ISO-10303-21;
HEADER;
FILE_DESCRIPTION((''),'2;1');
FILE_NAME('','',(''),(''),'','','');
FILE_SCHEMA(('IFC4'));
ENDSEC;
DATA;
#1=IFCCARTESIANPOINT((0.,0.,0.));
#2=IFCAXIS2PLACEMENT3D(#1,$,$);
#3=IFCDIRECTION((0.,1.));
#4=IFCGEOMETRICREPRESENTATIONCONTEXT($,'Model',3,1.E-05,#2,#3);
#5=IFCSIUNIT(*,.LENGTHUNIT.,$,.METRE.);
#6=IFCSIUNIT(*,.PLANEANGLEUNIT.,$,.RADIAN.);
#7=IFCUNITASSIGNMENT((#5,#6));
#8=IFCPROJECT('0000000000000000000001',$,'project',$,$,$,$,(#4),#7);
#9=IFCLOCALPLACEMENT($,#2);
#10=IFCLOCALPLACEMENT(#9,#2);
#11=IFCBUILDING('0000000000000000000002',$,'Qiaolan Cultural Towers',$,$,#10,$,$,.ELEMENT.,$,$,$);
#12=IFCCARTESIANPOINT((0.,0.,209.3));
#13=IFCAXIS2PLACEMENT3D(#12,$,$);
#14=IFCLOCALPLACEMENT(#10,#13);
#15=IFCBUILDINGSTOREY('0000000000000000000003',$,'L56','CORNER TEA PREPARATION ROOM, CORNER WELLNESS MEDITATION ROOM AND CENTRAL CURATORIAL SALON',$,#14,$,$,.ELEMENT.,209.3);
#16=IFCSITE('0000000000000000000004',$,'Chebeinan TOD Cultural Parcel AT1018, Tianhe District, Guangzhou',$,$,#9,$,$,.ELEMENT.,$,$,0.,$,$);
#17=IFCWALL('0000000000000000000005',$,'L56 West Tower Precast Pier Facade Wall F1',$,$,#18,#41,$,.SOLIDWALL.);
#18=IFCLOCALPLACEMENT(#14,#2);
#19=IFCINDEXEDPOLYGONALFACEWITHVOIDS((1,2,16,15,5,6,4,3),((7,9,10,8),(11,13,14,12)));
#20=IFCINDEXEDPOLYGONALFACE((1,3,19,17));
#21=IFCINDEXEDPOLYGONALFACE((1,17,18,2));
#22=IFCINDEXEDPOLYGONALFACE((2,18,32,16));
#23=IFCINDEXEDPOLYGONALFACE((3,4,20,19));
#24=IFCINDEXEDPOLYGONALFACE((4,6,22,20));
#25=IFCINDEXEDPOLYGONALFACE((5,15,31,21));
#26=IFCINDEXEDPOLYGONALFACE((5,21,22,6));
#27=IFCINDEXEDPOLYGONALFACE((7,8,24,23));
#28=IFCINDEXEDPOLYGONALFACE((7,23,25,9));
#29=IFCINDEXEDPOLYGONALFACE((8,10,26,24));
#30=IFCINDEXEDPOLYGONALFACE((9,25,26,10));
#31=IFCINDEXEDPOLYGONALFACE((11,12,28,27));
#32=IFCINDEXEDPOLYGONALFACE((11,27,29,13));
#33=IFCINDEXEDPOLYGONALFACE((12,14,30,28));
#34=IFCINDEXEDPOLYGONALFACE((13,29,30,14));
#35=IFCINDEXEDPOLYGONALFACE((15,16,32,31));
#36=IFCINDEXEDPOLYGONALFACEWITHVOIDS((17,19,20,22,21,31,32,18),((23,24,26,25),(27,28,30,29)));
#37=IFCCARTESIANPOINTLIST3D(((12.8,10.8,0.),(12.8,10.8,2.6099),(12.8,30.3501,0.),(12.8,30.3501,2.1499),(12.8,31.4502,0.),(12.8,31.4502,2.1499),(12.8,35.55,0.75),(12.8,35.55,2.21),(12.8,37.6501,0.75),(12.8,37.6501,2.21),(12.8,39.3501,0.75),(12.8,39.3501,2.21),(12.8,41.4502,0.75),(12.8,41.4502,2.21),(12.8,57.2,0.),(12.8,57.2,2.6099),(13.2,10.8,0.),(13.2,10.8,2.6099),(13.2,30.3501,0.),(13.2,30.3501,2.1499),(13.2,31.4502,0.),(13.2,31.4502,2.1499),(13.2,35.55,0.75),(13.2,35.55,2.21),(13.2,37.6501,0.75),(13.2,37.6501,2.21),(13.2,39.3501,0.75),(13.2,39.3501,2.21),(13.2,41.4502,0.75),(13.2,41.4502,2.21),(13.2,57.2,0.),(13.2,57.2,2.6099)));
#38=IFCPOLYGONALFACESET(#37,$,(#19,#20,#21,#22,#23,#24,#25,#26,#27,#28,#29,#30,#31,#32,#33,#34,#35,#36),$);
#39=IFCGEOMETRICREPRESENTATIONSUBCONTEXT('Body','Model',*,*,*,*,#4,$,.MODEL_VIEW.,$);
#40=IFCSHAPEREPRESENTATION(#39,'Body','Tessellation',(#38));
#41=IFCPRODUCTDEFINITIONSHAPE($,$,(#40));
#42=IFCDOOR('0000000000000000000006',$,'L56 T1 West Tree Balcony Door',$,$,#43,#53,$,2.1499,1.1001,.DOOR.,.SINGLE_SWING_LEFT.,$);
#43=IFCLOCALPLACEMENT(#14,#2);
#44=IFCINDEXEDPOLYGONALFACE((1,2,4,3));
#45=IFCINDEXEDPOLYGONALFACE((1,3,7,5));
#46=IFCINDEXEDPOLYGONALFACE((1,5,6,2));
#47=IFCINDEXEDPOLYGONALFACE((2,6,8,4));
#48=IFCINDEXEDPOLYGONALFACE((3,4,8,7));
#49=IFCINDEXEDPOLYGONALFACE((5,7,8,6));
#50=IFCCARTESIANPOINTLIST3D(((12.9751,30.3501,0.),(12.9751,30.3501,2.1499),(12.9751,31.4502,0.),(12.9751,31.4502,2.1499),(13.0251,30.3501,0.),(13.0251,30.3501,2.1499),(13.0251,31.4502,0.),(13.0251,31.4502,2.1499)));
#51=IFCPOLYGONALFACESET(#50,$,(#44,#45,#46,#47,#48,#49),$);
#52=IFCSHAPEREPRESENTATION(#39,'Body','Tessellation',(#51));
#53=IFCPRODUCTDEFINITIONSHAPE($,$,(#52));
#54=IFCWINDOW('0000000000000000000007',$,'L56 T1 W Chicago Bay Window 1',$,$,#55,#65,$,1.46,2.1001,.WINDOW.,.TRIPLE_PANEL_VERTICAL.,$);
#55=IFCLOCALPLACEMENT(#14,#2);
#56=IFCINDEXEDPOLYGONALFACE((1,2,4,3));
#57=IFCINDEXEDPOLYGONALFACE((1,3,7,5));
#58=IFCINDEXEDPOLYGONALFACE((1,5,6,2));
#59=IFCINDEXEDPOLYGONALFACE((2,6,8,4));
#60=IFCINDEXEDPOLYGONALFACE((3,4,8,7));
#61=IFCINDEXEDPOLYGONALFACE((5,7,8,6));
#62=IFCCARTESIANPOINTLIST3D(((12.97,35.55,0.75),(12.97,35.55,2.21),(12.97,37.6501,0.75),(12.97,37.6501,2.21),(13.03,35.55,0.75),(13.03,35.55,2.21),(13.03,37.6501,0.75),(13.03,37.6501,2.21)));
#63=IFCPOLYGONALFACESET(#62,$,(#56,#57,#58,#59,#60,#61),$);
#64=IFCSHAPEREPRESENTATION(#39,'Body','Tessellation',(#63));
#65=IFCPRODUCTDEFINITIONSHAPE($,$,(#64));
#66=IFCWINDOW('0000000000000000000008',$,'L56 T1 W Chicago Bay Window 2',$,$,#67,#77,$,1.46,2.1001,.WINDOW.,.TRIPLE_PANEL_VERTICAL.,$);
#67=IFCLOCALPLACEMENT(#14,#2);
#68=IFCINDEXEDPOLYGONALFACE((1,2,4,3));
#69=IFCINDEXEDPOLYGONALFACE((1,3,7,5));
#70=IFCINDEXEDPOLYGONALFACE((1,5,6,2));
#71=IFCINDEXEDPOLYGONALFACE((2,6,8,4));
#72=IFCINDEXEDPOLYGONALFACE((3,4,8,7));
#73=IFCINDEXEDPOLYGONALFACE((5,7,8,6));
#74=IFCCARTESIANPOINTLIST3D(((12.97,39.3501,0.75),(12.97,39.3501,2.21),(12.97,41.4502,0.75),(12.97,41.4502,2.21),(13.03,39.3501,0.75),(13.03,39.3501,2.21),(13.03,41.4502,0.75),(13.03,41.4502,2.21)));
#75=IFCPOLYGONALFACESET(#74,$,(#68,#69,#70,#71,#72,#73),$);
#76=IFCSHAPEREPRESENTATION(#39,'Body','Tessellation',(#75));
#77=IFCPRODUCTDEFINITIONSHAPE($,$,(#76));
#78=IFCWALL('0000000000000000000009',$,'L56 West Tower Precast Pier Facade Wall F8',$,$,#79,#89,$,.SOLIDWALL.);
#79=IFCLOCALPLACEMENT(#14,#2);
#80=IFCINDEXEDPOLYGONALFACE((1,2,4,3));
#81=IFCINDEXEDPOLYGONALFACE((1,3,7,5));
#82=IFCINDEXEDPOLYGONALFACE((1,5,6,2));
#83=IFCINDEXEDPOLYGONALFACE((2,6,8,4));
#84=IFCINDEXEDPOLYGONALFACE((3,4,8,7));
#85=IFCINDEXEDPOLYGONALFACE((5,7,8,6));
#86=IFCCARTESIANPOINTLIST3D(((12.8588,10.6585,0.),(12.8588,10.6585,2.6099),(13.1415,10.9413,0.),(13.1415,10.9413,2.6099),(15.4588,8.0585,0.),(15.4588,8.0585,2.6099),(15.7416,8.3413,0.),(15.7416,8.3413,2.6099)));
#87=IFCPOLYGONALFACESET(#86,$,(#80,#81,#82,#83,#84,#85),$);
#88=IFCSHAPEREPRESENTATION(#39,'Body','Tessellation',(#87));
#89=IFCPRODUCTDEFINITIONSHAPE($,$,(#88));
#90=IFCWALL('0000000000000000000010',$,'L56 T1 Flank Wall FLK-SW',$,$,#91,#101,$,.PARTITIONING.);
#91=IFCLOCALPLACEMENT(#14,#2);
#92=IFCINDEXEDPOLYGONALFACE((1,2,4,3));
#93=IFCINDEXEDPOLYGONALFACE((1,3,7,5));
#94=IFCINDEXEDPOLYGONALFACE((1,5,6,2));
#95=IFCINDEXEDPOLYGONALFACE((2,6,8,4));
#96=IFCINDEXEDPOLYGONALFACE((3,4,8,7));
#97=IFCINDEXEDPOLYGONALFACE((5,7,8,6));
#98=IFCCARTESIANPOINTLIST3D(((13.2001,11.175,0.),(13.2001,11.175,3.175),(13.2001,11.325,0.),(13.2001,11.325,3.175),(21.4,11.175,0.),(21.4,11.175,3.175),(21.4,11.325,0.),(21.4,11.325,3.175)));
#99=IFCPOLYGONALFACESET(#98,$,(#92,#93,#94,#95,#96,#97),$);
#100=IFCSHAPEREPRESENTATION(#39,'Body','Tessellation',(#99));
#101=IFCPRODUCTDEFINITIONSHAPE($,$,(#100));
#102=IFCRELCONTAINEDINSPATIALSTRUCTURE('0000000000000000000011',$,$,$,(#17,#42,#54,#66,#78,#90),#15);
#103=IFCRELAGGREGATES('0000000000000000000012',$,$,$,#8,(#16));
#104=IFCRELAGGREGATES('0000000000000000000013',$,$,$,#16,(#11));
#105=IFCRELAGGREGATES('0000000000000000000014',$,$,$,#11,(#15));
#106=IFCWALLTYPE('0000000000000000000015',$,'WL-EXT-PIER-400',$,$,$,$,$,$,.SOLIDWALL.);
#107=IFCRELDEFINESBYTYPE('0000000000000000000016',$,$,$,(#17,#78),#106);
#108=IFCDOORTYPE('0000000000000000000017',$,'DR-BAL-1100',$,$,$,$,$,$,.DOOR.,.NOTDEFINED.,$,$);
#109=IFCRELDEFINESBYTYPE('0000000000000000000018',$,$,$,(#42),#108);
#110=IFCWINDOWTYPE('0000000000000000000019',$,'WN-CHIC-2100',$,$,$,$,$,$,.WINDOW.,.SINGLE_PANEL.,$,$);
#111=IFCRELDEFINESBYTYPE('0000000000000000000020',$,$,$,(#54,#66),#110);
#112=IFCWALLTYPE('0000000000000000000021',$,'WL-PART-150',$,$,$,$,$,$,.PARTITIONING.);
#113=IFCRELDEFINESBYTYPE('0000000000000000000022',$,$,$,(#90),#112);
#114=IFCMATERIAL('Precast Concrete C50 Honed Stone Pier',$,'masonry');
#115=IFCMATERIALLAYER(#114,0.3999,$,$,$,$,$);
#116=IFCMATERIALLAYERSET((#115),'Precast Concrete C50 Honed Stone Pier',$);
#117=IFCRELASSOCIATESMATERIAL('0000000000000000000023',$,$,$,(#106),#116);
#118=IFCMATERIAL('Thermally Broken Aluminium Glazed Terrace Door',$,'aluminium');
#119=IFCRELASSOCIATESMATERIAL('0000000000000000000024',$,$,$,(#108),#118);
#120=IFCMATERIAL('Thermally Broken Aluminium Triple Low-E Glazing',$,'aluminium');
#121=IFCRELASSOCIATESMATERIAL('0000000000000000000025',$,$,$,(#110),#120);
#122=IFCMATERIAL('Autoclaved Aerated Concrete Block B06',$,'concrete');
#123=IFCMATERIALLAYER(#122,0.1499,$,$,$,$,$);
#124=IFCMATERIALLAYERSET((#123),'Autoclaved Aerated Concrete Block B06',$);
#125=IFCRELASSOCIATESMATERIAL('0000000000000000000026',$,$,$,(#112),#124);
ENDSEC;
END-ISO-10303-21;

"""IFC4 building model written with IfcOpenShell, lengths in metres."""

from ifc_helpers import new_model, si_unit, direction, frame, frame_2d, origin, place, context, subcontext, project, spatial, rectangle, extrude, material, layer, layer_set, type_object, element, fill, save


model = new_model("IFC4")

# Units and contexts
model_context = context("Model", 3, precision=1e-05, world=origin(), true_north=direction((0.0, 1.0)))
body_context = subcontext(model_context, "Body", "Model", "MODEL_VIEW")
ifc_project = project(units=[si_unit("LENGTHUNIT", "METRE"), si_unit("PLANEANGLEUNIT", "RADIAN")], contexts=[model_context])

# Site, building, storey
site_placement = place(None, origin())
site = spatial("IfcSite", under=ifc_project, at=site_placement, Name="Chebeinan TOD Cultural Parcel AT1018, Tianhe District, Guangzhou", CompositionType="ELEMENT", RefElevation=0.0)
building_placement = place(site_placement, origin())
building = spatial("IfcBuilding", under=site, at=building_placement, Name="Qiaolan Cultural Towers", CompositionType="ELEMENT")
storey_placement = place(building_placement, frame((0.0, 0.0, 209.3)))
storey = spatial("IfcBuildingStorey", under=building, at=storey_placement, Name="L56", Description="CORNER TEA PREPARATION ROOM, CORNER WELLNESS MEDITATION ROOM AND CENTRAL CURATORIAL SALON", CompositionType="ELEMENT", Elevation=209.3)

# Wall, openings, door, windows
ifc_material_1 = material(Name="Precast Concrete C50 Honed Stone Pier", Category="masonry")
ifc_layer_1 = layer(ifc_material_1, 0.3999)
ifc_layer_set_1 = layer_set([ifc_layer_1], Name="Precast Concrete C50 Honed Stone Pier")
wall_type_1 = type_object("IfcWallType", Name="WL-EXT-PIER-400", PredefinedType="SOLIDWALL", material=ifc_layer_set_1)
wall_1_placement = place(storey_placement, frame((13.0, 10.8, 0.0), z_axis=(0.0, 0.0, 1.0), x_axis=(0.0, 1.0, 0.0)))
wall_1 = element("IfcWall", 1, at=wall_1_placement, inside=storey, type_object=wall_type_1, Name="L56 West Tower Precast Pier Facade Wall F1", PredefinedType="SOLIDWALL", context=body_context, shape_type="SweptSolid", body=[
    extrude(rectangle(XDim=46.3999, YDim=0.3999, at=frame_2d((23.2, 0.0))), origin(), (0.0, 0.0, 1.0), 2.6099),
])
opening_1_placement = place(wall_1_placement, frame((24.75, 0.0, 0.75)))
opening_1 = element("IfcOpeningElement", 2, at=opening_1_placement, cuts=wall_1, PredefinedType="OPENING", context=body_context, shape_type="SweptSolid", body=[
    extrude(rectangle(XDim=2.1001, YDim=1.46, at=frame_2d((1.05, 0.73))), frame((0.0, 0.21, 0.0), z_axis=(0.0, -1.0, 0.0), x_axis=(1.0, 0.0, 0.0)), (0.0, 0.0, 1.0), 0.4199),
])
opening_2_placement = place(wall_1_placement, frame((28.55, 0.0, 0.75)))
opening_2 = element("IfcOpeningElement", 3, at=opening_2_placement, cuts=wall_1, PredefinedType="OPENING", context=body_context, shape_type="SweptSolid", body=[
    extrude(rectangle(XDim=2.1001, YDim=1.46, at=frame_2d((1.05, 0.73))), frame((0.0, 0.21, 0.0), z_axis=(0.0, -1.0, 0.0), x_axis=(1.0, 0.0, 0.0)), (0.0, 0.0, 1.0), 0.4199),
])
opening_3_placement = place(wall_1_placement, frame((19.55, 0.0, 0.0)))
opening_3 = element("IfcOpeningElement", 4, at=opening_3_placement, cuts=wall_1, PredefinedType="OPENING", context=body_context, shape_type="SweptSolid", body=[
    extrude(rectangle(XDim=1.1001, YDim=2.1499, at=frame_2d((0.55, 1.075))), frame((0.0, 0.21, 0.0), z_axis=(0.0, -1.0, 0.0), x_axis=(1.0, 0.0, 0.0)), (0.0, 0.0, 1.0), 0.4199),
])
ifc_material_2 = material(Name="Thermally Broken Aluminium Glazed Terrace Door", Category="aluminium")
door_type = type_object("IfcDoorType", Name="DR-BAL-1100", OperationType="NOTDEFINED", PredefinedType="DOOR", material=ifc_material_2)
door_placement = place(opening_3_placement, origin())
door = element("IfcDoor", 5, at=door_placement, inside=storey, type_object=door_type, Name="L56 T1 West Tree Balcony Door", OperationType="SINGLE_SWING_LEFT", OverallHeight=2.1499, OverallWidth=1.1001, PredefinedType="DOOR", context=body_context, shape_type="SweptSolid", body=[
    extrude(rectangle(XDim=1.1001, YDim=2.1499, at=frame_2d((0.55, 1.075))), frame((0.0, 0.0249, 0.0), z_axis=(0.0, -1.0, 0.0), x_axis=(1.0, 0.0, 0.0)), (0.0, 0.0, 1.0), 0.05),
])
fill(opening_3, door)
ifc_material_3 = material(Name="Thermally Broken Aluminium Triple Low-E Glazing", Category="aluminium")
window_type = type_object("IfcWindowType", Name="WN-CHIC-2100", PartitioningType="SINGLE_PANEL", PredefinedType="WINDOW", material=ifc_material_3)
window_1_placement = place(opening_1_placement, origin())
window_1 = element("IfcWindow", 6, at=window_1_placement, inside=storey, type_object=window_type, Name="L56 T1 W Chicago Bay Window 1", OverallHeight=1.46, OverallWidth=2.1001, PartitioningType="TRIPLE_PANEL_VERTICAL", PredefinedType="WINDOW", context=body_context, shape_type="SweptSolid", body=[
    extrude(rectangle(XDim=2.1001, YDim=1.46, at=frame_2d((1.05, 0.73))), frame((0.0, 0.03, 0.0), z_axis=(0.0, -1.0, 0.0), x_axis=(1.0, 0.0, 0.0)), (0.0, 0.0, 1.0), 0.0601),
])
fill(opening_1, window_1)
window_2_placement = place(opening_2_placement, origin())
window_2 = element("IfcWindow", 7, at=window_2_placement, inside=storey, type_object=window_type, Name="L56 T1 W Chicago Bay Window 2", OverallHeight=1.46, OverallWidth=2.1001, PartitioningType="TRIPLE_PANEL_VERTICAL", PredefinedType="WINDOW", context=body_context, shape_type="SweptSolid", body=[
    extrude(rectangle(XDim=2.1001, YDim=1.46, at=frame_2d((1.05, 0.73))), frame((0.0, 0.03, 0.0), z_axis=(0.0, -1.0, 0.0), x_axis=(1.0, 0.0, 0.0)), (0.0, 0.0, 1.0), 0.0601),
])
fill(opening_2, window_2)

# Walls
wall_2_placement = place(storey_placement, frame((15.6001, 8.2, 0.0), z_axis=(0.0, 0.0, 1.0), x_axis=(-0.707107, 0.707107, 0.0)))
element("IfcWall", 8, at=wall_2_placement, inside=storey, type_object=wall_type_1, Name="L56 West Tower Precast Pier Facade Wall F8", PredefinedType="SOLIDWALL", context=body_context, shape_type="SweptSolid", body=[
    extrude(rectangle(XDim=3.677, YDim=0.3999, at=frame_2d((1.8384, 0.0))), origin(), (0.0, 0.0, 1.0), 2.6099),
])
ifc_material_4 = material(Name="Autoclaved Aerated Concrete Block B06", Category="concrete")
ifc_layer_2 = layer(ifc_material_4, 0.1499)
ifc_layer_set_2 = layer_set([ifc_layer_2], Name="Autoclaved Aerated Concrete Block B06")
wall_type_2 = type_object("IfcWallType", Name="WL-PART-150", PredefinedType="PARTITIONING", material=ifc_layer_set_2)
wall_3_placement = place(storey_placement, frame((13.2, 11.25, 0.0), z_axis=(0.0, 0.0, 1.0), x_axis=(1.0, 0.0, 0.0)))
element("IfcWall", 9, at=wall_3_placement, inside=storey, type_object=wall_type_2, Name="L56 T1 Flank Wall FLK-SW", PredefinedType="PARTITIONING", context=body_context, shape_type="SweptSolid", body=[
    extrude(rectangle(XDim=8.2, YDim=0.1499, at=frame_2d((4.1001, 0.0))), origin(), (0.0, 0.0, 1.0), 3.175),
])

save(model, "model.ifc")
